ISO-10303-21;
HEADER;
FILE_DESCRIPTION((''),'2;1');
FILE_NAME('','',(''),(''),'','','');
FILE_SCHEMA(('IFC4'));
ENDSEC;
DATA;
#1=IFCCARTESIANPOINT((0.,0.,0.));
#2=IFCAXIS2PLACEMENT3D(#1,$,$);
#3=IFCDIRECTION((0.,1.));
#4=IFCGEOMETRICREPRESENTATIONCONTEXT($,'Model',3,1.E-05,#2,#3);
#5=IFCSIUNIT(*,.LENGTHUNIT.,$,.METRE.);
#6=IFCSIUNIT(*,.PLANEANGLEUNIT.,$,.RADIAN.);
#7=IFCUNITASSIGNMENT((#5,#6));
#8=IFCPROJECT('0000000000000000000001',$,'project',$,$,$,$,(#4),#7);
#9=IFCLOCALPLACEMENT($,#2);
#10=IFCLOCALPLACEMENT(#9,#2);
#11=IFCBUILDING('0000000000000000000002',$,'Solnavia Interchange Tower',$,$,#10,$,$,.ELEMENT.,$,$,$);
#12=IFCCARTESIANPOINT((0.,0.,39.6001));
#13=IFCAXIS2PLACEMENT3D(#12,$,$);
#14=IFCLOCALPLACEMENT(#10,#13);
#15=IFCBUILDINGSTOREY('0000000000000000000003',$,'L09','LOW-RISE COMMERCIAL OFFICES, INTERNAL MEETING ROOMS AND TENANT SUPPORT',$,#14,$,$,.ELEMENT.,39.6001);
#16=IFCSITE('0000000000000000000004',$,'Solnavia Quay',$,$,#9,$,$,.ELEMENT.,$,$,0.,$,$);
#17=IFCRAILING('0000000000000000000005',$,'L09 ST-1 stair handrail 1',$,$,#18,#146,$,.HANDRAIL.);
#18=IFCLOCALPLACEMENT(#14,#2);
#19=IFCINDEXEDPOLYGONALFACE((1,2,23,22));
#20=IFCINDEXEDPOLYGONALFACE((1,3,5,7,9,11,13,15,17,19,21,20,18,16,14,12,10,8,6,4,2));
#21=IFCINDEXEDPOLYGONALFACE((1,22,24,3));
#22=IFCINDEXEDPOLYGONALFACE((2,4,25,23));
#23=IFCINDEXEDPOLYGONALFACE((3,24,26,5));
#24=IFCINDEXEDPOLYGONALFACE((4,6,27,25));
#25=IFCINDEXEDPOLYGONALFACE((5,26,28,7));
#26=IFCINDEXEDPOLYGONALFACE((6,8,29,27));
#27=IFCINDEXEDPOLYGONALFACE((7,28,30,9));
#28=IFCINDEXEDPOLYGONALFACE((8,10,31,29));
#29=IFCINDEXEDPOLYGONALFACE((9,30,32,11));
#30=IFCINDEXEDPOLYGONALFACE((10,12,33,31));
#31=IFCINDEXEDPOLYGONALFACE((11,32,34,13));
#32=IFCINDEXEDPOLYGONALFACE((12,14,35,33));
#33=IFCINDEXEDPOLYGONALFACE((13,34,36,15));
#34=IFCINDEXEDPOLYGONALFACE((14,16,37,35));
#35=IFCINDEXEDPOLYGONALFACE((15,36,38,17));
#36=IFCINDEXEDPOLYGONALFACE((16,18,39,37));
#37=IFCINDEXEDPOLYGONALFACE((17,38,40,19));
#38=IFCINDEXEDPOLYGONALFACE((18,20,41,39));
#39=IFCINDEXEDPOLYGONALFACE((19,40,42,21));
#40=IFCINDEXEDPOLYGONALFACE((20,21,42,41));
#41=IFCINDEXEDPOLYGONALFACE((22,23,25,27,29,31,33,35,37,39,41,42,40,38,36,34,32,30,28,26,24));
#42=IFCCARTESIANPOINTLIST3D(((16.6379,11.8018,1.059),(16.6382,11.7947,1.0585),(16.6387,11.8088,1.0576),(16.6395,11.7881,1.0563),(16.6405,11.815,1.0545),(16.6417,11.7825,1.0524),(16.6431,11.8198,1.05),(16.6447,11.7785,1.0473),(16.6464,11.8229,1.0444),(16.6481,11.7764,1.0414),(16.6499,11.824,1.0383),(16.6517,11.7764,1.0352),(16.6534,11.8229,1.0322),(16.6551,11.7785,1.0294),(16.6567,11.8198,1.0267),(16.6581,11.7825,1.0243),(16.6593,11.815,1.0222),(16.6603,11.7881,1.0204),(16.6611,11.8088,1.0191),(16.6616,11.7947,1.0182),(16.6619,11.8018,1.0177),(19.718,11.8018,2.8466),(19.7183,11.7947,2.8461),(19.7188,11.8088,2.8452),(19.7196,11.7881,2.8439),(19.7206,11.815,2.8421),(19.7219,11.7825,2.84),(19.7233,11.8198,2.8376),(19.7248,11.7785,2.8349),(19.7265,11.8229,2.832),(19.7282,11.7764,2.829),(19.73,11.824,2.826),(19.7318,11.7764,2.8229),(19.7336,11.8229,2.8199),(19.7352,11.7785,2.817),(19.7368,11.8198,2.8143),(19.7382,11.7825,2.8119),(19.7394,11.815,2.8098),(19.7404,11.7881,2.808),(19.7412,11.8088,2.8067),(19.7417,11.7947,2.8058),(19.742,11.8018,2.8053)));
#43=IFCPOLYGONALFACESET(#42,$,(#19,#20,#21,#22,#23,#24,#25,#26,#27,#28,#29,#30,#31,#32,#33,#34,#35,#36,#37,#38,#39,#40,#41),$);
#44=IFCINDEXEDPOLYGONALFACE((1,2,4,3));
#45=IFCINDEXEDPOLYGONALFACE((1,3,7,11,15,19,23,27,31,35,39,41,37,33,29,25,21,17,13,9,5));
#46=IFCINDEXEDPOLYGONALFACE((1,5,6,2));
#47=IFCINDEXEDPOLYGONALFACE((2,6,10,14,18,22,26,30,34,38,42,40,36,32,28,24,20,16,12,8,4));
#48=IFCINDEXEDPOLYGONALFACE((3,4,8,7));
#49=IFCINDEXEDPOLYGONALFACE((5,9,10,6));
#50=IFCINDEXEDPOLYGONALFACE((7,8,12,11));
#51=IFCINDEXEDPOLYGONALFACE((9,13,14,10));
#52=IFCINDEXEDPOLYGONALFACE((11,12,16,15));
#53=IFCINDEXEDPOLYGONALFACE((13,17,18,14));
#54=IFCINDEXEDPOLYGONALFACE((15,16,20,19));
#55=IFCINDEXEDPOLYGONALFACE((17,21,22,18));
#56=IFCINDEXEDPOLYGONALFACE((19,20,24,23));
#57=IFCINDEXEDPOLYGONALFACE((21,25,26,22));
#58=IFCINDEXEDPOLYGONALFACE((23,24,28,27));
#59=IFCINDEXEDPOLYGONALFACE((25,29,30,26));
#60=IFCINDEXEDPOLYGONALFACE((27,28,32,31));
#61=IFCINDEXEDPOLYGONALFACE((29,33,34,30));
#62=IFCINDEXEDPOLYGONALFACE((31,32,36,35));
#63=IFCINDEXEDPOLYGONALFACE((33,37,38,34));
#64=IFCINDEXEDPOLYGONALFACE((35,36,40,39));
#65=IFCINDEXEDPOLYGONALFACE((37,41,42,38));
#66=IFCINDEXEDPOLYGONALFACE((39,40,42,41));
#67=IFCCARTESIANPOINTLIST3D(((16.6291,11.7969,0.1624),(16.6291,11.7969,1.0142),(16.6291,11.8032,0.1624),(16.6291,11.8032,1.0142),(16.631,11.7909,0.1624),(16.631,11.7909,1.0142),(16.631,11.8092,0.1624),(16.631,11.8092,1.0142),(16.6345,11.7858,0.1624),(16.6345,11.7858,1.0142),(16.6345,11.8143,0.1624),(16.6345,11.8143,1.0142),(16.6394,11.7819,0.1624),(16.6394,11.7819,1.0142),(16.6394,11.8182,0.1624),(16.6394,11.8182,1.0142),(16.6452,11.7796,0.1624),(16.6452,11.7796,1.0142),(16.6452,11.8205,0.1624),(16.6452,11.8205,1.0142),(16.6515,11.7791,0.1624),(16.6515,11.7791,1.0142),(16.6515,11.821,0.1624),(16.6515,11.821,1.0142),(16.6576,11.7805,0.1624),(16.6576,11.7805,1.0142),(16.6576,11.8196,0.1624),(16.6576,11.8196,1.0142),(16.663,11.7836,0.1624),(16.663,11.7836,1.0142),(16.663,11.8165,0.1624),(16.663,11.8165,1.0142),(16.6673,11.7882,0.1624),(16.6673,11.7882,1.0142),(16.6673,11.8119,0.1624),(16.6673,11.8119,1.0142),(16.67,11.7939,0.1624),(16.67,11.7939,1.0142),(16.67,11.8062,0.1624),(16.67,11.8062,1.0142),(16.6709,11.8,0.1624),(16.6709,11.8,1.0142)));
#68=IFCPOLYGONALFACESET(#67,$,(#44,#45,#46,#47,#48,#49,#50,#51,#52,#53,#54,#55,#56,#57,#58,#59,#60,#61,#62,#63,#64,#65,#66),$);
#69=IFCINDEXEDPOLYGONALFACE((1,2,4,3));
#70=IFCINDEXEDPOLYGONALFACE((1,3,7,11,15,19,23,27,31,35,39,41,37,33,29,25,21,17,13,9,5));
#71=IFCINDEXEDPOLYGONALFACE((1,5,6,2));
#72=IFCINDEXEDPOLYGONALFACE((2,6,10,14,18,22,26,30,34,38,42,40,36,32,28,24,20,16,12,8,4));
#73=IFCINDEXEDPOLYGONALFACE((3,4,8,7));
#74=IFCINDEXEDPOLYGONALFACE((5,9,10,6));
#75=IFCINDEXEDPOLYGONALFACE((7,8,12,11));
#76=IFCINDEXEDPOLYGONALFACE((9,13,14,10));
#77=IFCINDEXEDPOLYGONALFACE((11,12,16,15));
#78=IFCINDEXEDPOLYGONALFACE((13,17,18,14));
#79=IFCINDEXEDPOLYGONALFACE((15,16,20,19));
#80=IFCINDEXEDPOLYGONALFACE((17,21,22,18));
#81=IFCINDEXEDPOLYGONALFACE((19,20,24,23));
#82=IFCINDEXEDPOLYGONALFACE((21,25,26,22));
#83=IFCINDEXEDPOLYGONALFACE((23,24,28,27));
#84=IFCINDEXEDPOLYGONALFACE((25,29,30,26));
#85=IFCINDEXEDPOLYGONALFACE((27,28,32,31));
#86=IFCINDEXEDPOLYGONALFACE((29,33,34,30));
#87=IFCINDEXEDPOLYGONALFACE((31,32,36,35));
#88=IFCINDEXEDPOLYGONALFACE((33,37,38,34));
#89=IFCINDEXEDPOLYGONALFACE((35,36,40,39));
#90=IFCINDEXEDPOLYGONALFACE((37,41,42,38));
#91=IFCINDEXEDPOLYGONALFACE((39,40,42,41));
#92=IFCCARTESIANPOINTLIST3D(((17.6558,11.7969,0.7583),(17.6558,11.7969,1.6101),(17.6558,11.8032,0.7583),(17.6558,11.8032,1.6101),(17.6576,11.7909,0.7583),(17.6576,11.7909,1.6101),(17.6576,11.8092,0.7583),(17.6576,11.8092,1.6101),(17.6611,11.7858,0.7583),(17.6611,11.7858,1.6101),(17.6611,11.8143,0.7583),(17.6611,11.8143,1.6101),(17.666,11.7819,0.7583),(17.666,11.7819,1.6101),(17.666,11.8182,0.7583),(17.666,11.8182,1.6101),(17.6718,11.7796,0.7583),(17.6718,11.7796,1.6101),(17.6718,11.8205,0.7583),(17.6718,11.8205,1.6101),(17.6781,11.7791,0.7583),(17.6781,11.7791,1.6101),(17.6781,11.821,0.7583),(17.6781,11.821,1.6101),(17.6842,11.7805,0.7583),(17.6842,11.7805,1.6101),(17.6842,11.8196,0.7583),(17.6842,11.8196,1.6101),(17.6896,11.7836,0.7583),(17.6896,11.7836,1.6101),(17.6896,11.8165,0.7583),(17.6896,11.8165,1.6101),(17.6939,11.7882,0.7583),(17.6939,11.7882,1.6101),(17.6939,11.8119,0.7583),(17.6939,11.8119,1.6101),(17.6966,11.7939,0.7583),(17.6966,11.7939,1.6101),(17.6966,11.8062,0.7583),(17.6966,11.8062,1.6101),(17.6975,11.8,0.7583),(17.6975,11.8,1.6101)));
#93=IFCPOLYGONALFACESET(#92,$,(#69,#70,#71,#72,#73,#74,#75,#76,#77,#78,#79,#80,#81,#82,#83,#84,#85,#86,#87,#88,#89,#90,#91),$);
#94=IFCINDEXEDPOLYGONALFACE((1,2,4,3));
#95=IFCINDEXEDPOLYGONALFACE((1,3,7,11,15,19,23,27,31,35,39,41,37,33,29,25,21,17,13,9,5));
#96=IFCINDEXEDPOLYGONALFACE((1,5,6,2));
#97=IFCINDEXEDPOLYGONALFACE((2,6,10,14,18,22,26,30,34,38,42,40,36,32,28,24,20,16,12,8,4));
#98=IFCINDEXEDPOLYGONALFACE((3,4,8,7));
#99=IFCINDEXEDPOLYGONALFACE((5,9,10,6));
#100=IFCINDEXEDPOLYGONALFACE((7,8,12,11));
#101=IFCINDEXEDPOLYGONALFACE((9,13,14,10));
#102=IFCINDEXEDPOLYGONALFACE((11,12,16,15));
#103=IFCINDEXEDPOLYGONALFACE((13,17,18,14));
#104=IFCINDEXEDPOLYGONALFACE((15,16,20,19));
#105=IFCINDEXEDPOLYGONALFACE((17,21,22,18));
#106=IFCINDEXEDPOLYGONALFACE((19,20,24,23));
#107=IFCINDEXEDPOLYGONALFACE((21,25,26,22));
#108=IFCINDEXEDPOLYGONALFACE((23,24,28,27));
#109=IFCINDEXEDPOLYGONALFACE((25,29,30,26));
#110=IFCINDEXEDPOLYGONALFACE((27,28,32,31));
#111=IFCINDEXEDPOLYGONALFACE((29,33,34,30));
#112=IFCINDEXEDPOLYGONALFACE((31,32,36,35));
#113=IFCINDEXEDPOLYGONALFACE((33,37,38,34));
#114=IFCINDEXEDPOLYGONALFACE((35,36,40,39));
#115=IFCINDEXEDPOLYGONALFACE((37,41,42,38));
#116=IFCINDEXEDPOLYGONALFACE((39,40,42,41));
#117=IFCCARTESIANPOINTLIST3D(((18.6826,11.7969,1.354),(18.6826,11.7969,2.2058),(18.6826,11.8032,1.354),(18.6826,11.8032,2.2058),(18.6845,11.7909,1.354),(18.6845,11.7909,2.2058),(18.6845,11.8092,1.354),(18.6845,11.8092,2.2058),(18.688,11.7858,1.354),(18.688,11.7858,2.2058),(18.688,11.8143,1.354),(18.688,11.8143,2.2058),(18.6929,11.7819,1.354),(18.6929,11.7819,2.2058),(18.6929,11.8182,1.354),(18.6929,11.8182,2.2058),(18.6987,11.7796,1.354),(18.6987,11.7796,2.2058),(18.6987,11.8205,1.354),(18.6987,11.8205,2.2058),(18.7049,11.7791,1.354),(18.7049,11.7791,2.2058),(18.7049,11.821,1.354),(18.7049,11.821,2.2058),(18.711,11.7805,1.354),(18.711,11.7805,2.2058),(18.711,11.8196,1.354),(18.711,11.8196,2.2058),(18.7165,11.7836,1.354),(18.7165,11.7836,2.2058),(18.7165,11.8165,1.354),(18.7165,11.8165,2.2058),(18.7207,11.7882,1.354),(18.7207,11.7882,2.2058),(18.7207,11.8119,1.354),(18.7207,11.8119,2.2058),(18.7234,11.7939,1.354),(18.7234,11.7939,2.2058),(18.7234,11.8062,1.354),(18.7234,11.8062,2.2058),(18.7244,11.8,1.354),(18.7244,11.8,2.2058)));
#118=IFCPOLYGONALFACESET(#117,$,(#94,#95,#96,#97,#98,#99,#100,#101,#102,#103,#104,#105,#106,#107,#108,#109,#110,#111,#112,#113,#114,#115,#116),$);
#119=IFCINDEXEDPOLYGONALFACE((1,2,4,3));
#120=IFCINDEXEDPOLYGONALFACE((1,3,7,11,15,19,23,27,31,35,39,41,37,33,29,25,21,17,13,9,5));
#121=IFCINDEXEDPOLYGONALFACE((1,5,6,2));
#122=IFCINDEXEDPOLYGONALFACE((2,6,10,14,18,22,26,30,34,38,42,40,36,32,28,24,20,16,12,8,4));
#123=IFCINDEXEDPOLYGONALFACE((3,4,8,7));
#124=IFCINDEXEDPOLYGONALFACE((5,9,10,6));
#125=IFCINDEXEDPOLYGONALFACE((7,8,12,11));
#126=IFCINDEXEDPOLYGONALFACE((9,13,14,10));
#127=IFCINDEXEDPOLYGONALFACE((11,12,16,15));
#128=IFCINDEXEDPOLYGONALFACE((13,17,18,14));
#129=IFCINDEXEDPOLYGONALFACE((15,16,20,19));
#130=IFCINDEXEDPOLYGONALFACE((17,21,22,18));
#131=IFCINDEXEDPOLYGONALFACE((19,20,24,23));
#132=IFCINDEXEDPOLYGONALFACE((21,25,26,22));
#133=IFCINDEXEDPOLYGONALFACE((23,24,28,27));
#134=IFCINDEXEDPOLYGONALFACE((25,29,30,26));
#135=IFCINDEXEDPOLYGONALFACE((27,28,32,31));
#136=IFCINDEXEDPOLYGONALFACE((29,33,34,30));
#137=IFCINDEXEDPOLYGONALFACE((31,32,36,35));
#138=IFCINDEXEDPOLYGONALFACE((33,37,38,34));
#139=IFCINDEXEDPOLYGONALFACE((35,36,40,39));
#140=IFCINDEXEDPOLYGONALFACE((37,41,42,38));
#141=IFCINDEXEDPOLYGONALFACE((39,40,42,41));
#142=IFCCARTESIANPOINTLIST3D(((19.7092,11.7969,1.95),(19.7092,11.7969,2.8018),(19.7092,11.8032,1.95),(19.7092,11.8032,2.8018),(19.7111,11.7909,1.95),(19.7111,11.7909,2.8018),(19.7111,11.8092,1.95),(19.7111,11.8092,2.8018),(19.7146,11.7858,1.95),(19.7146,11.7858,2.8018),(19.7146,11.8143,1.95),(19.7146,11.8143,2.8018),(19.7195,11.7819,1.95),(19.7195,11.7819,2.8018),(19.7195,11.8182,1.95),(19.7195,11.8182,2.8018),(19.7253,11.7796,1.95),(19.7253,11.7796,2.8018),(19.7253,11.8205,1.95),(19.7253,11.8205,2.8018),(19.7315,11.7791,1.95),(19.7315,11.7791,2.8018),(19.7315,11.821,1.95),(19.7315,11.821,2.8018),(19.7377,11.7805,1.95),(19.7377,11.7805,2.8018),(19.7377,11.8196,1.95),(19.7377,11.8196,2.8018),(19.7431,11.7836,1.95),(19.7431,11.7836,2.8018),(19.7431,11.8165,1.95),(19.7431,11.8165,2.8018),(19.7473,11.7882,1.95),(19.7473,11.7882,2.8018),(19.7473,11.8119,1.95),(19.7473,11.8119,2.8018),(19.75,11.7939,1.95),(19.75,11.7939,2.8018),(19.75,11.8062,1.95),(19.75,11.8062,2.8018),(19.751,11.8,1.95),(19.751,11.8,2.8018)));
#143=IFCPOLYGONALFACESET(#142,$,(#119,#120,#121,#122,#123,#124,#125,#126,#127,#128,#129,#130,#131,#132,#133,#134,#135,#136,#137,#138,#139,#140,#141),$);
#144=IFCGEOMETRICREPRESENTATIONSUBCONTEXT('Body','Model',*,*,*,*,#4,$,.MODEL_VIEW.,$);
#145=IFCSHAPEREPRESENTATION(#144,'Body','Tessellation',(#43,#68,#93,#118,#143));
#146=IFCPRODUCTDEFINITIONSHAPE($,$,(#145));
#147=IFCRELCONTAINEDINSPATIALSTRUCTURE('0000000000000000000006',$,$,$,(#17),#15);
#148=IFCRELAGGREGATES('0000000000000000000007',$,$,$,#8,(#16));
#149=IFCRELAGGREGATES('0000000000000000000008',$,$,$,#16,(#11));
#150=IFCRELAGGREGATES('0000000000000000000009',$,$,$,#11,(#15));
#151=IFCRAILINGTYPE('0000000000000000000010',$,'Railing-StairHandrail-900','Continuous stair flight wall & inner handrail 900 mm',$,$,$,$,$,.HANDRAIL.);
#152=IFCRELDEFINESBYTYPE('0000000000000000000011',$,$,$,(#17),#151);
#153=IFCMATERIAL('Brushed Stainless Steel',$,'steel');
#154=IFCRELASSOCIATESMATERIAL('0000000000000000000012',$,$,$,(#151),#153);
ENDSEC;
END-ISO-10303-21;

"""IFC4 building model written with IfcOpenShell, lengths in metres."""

from ifc_helpers import new_model, si_unit, direction, frame, origin, origin_2d, place, context, subcontext, project, spatial, circle, extrude, material, type_object, element, save


model = new_model("IFC4")

# Units and contexts
model_context = context("Model", 3, precision=1e-05, world=origin(), true_north=direction((0.0, 1.0)))
body_context = subcontext(model_context, "Body", "Model", "MODEL_VIEW")
ifc_project = project(units=[si_unit("LENGTHUNIT", "METRE"), si_unit("PLANEANGLEUNIT", "RADIAN")], contexts=[model_context])

# Site, building, storey
site_placement = place(None, origin())
site = spatial("IfcSite", under=ifc_project, at=site_placement, Name="Solnavia Quay", CompositionType="ELEMENT", RefElevation=0.0)
building_placement = place(site_placement, origin())
building = spatial("IfcBuilding", under=site, at=building_placement, Name="Solnavia Interchange Tower", CompositionType="ELEMENT")
storey_placement = place(building_placement, frame((0.0, 0.0, 39.6001)))
storey = spatial("IfcBuildingStorey", under=building, at=storey_placement, Name="L09", Description="LOW-RISE COMMERCIAL OFFICES, INTERNAL MEETING ROOMS AND TENANT SUPPORT", CompositionType="ELEMENT", Elevation=39.6001)

# Railing
ifc_material_1 = material(Name="Brushed Stainless Steel", Category="steel")
railing_type_1 = type_object("IfcRailingType", Name="Railing-StairHandrail-900", Description="Continuous stair flight wall & inner handrail 900 mm", PredefinedType="HANDRAIL", material=ifc_material_1)
railing_1_placement = place(storey_placement, frame((16.6499, 11.8, 0.1624)))
element("IfcRailing", 1, at=railing_1_placement, inside=storey, type_object=railing_type_1, Name="L09 ST-1 stair handrail 1", PredefinedType="HANDRAIL", context=body_context, shape_type="SweptSolid", body=[
    extrude(circle(Radius=0.0239, at=origin_2d()), frame((0.0, 0.0, 0.876), z_axis=(0.864891, 0.0, 0.50196), x_axis=(0.0, 1.0, 0.0)), (0.0, 0.0, 1.0), 3.5613),
    extrude(circle(Radius=0.021, at=origin_2d()), origin(), (0.0, 0.0, 1.0), 0.8518),
    extrude(circle(Radius=0.021, at=origin_2d()), frame((1.0266, 0.0, 0.5959)), (0.0, 0.0, 1.0), 0.8518),
    extrude(circle(Radius=0.021, at=origin_2d()), frame((2.0535, 0.0, 1.1917)), (0.0, 0.0, 1.0), 0.8518),
    extrude(circle(Radius=0.021, at=origin_2d()), frame((3.0801, 0.0, 1.7876)), (0.0, 0.0, 1.0), 0.8518),
])

save(model, "model.ifc")
